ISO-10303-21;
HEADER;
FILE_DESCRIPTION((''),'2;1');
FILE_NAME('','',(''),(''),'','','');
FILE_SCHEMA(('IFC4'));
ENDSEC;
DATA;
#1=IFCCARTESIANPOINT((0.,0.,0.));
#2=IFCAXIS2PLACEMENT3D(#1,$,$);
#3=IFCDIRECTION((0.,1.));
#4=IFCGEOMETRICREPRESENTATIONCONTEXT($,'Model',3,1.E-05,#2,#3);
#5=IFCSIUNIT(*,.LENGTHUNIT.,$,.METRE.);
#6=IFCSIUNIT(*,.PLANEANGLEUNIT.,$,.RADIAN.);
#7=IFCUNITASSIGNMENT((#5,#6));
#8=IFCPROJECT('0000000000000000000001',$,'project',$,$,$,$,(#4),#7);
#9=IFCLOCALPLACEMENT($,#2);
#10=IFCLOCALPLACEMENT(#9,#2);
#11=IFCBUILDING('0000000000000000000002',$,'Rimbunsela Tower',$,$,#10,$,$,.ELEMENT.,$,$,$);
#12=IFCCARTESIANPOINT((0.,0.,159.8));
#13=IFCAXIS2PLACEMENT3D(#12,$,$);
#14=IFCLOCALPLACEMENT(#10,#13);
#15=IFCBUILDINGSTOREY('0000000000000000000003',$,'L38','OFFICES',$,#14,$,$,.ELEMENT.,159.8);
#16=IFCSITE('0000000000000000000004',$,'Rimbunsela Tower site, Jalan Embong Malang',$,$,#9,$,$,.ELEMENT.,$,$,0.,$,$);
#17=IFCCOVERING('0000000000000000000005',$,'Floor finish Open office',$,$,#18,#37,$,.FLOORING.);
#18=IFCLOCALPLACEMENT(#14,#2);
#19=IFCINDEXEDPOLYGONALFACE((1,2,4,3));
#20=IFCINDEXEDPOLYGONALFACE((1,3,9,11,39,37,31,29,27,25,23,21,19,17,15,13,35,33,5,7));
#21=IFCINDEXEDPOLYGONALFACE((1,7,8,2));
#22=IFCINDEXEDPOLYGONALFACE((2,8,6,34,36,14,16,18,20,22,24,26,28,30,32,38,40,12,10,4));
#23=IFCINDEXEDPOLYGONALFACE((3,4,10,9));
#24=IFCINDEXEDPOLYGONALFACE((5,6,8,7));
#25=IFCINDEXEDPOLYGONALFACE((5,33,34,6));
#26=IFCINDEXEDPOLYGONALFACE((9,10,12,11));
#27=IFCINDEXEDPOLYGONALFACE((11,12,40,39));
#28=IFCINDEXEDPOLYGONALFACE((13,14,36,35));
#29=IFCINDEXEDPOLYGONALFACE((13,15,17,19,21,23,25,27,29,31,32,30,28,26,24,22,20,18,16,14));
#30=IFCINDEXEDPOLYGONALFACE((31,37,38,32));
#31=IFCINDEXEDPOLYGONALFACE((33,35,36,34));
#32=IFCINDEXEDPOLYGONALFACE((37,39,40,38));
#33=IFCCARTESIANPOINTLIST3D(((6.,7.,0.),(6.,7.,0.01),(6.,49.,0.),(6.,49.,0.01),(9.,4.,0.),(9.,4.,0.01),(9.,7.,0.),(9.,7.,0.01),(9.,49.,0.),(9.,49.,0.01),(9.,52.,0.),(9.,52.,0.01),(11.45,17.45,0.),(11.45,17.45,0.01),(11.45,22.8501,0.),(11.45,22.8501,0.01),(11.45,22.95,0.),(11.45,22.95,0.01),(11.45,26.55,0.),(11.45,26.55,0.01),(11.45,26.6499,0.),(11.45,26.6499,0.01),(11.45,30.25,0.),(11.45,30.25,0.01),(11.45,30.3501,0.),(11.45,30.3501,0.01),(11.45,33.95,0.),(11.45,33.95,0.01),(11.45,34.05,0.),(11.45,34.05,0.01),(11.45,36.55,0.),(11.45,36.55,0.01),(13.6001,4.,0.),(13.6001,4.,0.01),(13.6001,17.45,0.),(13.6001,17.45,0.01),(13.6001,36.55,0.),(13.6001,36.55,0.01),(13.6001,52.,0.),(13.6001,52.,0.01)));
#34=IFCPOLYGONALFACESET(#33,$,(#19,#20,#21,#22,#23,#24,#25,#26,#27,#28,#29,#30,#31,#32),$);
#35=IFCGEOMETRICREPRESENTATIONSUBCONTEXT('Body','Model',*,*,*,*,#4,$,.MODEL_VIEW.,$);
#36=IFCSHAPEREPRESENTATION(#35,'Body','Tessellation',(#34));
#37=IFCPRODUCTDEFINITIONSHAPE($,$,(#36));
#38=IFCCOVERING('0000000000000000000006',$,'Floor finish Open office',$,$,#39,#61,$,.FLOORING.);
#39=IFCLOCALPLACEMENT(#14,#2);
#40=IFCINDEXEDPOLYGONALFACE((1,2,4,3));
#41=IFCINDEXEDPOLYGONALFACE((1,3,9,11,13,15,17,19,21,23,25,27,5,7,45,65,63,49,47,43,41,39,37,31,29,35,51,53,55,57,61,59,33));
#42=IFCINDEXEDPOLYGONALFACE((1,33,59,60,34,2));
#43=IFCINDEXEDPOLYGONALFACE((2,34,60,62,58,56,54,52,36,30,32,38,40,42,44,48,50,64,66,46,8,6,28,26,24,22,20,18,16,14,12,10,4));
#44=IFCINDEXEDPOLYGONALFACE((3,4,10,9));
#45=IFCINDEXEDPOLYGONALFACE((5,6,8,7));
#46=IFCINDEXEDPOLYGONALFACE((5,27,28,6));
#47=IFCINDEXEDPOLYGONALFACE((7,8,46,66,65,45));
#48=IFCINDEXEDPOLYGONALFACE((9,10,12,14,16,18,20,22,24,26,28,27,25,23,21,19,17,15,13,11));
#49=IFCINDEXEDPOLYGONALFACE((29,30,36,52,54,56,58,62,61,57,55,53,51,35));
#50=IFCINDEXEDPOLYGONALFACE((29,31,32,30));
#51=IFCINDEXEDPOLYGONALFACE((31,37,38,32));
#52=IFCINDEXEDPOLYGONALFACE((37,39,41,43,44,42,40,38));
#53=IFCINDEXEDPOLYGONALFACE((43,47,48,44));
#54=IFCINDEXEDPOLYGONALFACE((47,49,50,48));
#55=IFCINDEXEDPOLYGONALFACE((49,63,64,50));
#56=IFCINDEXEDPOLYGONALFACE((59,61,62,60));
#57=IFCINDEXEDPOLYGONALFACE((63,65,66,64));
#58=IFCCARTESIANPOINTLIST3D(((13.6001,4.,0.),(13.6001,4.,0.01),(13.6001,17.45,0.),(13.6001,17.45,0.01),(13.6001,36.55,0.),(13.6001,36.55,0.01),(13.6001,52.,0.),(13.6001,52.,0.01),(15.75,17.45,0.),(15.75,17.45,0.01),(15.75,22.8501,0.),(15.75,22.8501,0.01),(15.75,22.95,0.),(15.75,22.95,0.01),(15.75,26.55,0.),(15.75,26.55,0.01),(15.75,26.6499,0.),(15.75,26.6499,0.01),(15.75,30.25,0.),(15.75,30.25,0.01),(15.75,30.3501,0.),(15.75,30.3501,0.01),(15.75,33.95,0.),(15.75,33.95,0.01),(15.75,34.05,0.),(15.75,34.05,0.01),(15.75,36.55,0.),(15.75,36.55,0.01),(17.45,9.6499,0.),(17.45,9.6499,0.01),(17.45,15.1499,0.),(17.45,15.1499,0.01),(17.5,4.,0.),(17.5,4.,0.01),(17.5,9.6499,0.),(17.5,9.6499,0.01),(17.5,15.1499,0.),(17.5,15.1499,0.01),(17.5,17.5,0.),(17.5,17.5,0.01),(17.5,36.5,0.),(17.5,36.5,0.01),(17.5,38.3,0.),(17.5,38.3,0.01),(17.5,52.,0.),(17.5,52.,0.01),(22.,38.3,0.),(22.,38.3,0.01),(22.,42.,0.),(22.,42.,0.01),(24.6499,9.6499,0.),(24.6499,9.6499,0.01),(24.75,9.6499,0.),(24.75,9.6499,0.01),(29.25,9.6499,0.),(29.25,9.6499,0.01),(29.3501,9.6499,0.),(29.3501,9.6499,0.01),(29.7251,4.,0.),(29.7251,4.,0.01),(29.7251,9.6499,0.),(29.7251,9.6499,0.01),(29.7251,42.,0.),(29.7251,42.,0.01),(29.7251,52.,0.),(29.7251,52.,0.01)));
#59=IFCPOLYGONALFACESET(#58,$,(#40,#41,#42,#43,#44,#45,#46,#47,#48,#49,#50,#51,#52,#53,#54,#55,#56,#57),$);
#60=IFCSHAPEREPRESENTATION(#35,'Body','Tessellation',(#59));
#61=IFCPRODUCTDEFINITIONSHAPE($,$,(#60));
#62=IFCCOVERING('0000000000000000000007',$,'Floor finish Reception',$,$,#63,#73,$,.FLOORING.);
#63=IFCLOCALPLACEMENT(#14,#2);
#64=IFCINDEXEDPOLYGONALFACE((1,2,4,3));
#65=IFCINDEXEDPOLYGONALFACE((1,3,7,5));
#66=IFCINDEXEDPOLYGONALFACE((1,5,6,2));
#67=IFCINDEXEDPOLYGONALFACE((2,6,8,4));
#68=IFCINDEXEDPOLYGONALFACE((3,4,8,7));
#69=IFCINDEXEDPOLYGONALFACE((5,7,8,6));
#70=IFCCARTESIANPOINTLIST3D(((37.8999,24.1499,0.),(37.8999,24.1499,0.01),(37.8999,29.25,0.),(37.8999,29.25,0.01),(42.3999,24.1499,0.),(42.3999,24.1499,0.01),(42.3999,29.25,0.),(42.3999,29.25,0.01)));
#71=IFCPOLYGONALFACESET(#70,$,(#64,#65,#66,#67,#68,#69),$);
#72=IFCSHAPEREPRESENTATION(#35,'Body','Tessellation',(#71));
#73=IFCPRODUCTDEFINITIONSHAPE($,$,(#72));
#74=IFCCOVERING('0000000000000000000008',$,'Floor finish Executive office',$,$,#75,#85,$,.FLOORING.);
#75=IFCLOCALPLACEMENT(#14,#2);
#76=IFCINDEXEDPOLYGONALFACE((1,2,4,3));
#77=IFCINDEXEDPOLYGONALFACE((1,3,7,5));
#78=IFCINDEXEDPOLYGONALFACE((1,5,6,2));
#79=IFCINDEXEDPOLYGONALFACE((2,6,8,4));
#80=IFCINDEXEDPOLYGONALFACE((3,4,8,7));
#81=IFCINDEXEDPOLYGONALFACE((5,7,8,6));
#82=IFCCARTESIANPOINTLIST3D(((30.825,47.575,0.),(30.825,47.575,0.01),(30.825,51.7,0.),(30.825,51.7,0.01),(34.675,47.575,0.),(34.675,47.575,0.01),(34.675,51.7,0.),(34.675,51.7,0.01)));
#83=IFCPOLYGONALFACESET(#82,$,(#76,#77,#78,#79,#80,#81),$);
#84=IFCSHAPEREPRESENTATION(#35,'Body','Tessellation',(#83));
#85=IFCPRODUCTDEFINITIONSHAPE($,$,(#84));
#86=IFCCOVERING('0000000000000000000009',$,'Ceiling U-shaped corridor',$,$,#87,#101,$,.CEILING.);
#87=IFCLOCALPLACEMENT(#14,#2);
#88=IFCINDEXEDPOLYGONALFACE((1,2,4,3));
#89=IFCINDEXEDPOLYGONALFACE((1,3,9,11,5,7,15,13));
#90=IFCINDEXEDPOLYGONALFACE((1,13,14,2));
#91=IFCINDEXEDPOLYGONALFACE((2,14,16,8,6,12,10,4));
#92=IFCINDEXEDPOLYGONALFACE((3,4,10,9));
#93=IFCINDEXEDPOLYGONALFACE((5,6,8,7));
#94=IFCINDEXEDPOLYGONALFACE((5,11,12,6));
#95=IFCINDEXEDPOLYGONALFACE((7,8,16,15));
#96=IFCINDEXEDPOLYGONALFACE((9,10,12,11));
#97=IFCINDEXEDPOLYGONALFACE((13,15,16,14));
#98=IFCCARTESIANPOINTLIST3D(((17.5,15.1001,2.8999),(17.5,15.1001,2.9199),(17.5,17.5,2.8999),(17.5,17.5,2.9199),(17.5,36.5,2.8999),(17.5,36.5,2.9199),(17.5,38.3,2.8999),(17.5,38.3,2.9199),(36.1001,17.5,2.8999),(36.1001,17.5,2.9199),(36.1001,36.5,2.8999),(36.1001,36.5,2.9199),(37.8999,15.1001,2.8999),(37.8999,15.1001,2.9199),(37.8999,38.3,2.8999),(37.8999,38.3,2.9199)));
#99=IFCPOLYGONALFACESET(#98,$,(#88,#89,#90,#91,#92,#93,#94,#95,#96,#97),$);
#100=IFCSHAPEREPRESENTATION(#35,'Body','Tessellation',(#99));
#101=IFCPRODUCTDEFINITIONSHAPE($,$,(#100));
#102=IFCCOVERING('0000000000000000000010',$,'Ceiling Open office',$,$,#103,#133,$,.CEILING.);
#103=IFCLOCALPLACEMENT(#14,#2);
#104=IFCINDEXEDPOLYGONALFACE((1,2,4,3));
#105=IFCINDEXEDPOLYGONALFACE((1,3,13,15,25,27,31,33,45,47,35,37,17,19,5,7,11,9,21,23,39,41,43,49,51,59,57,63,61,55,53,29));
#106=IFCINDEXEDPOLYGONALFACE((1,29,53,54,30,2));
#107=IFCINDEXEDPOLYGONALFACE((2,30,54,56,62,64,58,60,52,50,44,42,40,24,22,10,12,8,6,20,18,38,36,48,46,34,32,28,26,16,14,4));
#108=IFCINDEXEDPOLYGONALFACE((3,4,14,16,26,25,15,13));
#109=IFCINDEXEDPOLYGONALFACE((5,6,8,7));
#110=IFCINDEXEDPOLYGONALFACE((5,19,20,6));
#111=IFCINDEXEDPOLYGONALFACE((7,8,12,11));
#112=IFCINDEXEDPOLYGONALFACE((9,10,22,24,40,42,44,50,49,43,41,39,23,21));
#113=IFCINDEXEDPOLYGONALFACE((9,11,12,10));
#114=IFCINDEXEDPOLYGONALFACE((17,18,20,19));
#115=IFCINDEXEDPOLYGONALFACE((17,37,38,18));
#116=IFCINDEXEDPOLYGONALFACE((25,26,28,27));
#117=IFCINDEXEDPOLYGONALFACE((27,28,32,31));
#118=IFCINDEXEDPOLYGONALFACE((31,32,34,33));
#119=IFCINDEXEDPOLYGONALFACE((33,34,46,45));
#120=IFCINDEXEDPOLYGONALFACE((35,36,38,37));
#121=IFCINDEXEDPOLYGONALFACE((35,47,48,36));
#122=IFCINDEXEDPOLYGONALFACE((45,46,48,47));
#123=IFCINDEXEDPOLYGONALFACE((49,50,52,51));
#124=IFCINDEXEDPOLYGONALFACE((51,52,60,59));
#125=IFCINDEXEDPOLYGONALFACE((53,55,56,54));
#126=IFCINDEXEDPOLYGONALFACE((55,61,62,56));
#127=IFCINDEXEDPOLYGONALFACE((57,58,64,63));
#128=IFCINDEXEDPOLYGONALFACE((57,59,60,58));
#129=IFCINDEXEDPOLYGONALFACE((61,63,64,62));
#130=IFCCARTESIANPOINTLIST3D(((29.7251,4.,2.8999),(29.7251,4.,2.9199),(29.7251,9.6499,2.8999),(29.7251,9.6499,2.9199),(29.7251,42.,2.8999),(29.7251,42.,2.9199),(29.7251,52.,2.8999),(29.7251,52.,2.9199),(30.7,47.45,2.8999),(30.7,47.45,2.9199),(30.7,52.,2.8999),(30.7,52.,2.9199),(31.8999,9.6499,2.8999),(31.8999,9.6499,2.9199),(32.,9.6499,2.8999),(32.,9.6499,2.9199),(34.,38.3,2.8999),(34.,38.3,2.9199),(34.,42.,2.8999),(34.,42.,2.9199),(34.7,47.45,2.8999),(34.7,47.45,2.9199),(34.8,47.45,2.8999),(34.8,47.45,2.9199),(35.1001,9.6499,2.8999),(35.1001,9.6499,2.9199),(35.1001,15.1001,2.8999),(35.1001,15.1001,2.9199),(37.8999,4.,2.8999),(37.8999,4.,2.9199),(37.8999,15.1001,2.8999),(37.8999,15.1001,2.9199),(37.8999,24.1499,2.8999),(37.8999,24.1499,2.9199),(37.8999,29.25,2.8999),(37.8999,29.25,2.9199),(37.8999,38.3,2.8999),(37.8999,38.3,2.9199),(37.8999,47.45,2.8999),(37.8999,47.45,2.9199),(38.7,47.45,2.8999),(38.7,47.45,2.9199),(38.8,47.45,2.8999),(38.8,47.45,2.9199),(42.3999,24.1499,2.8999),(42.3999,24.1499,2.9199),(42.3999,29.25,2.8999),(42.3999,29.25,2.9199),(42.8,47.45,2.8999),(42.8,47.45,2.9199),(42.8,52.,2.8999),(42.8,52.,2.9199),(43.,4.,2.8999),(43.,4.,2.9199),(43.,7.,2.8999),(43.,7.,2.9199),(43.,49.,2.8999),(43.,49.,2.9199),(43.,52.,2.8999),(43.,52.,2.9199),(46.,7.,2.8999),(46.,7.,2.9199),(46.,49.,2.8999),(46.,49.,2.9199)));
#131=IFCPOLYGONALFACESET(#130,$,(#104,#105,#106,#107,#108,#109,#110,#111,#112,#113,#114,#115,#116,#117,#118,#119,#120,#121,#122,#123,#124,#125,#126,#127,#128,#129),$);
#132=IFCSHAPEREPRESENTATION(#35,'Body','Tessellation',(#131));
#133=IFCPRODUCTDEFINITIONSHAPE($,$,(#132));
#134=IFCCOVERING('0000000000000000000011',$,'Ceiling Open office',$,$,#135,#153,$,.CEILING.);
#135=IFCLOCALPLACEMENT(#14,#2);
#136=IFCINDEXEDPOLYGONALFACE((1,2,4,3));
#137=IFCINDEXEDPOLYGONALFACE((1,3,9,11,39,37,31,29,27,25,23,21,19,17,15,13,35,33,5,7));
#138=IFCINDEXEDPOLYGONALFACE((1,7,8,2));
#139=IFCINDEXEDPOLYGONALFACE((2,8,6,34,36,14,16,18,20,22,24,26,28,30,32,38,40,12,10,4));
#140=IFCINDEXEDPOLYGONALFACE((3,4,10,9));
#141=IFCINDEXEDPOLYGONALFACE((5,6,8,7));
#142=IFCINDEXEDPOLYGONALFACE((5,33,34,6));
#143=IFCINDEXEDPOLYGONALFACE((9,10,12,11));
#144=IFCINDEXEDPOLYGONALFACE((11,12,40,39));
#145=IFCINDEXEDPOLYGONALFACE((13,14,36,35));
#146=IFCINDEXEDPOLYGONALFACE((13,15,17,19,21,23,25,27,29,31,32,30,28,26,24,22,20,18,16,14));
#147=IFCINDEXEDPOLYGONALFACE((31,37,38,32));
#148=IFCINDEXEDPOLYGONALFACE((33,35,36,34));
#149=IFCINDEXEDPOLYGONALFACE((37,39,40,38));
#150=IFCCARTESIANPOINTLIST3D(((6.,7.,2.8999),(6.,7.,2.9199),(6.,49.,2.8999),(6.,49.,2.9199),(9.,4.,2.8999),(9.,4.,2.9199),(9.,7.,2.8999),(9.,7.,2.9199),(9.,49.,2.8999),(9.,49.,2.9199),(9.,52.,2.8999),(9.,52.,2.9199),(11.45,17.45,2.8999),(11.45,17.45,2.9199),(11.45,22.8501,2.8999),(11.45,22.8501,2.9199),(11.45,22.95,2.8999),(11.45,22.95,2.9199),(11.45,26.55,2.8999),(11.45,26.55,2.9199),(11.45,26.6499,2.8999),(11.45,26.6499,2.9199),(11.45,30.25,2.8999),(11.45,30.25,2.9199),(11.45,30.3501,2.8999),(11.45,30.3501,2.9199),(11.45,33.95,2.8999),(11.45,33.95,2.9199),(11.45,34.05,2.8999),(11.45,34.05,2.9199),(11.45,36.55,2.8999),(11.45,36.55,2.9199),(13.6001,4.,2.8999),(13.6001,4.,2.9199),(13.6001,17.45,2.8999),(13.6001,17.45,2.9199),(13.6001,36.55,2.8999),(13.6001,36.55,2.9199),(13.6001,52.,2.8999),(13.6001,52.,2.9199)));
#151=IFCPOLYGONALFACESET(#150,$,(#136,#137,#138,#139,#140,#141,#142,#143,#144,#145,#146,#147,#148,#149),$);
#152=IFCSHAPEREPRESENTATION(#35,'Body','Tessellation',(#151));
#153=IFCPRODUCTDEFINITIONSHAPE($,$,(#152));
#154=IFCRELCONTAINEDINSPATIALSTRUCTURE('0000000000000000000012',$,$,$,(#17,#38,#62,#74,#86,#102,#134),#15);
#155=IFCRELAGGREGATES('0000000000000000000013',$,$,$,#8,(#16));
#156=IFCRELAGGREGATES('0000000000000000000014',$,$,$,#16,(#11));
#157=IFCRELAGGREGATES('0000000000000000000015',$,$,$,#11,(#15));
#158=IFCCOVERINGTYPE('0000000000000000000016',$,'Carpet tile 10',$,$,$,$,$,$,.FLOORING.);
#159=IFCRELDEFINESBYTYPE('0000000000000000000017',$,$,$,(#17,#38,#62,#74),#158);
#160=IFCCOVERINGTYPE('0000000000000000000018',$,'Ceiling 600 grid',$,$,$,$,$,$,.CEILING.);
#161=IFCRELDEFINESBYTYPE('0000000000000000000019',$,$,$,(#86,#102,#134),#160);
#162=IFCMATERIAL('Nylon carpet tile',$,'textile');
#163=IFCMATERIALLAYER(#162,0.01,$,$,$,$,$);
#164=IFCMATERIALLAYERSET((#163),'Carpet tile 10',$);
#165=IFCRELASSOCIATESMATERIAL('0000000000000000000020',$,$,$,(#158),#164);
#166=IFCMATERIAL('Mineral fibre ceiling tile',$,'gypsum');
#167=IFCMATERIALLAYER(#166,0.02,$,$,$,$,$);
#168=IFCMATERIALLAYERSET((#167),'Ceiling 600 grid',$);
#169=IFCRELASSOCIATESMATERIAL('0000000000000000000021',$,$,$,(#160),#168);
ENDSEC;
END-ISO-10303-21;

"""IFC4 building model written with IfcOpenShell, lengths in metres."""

from ifc_helpers import new_model, si_unit, direction, frame, origin, place, context, subcontext, project, spatial, polyline, outline, extrude, material, layer, layer_set, type_object, element, save


model = new_model("IFC4")

# Units and contexts
model_context = context("Model", 3, precision=1e-05, world=origin(), true_north=direction((0.0, 1.0)))
body_context = subcontext(model_context, "Body", "Model", "MODEL_VIEW")
ifc_project = project(units=[si_unit("LENGTHUNIT", "METRE"), si_unit("PLANEANGLEUNIT", "RADIAN")], contexts=[model_context])

# Site, building, storey
site_placement = place(None, origin())
site = spatial("IfcSite", under=ifc_project, at=site_placement, Name="Rimbunsela Tower site, Jalan Embong Malang", CompositionType="ELEMENT", RefElevation=0.0)
building_placement = place(site_placement, origin())
building = spatial("IfcBuilding", under=site, at=building_placement, Name="Rimbunsela Tower", CompositionType="ELEMENT")
storey_placement = place(building_placement, frame((0.0, 0.0, 159.8)))
storey = spatial("IfcBuildingStorey", under=building, at=storey_placement, Name="L38", Description="OFFICES", CompositionType="ELEMENT", Elevation=159.8)

# Coverings
ifc_material_1 = material(Name="Nylon carpet tile", Category="textile")
ifc_layer_1 = layer(ifc_material_1, 0.01)
ifc_layer_set_1 = layer_set([ifc_layer_1], Name="Carpet tile 10")
covering_type_1 = type_object("IfcCoveringType", Name="Carpet tile 10", PredefinedType="FLOORING", material=ifc_layer_set_1)
covering_1_placement = place(storey_placement, origin())
element("IfcCovering", 1, at=covering_1_placement, inside=storey, type_object=covering_type_1, Name="Floor finish Open office", PredefinedType="FLOORING", context=body_context, shape_type="SweptSolid", body=[
    extrude(outline(polyline([(13.6001, 4.0), (9.0, 4.0), (9.0, 7.0), (6.0, 7.0), (6.0, 49.0), (9.0, 49.0), (9.0, 52.0), (13.6001, 52.0), (13.6001, 36.55), (11.45, 36.55), (11.45, 34.05), (11.45, 33.95), (11.45, 30.3501), (11.45, 30.25), (11.45, 26.6499), (11.45, 26.55), (11.45, 22.95), (11.45, 22.8501), (11.45, 17.45), (13.6001, 17.45), (13.6001, 4.0)])), origin(), (0.0, 0.0, 1.0), 0.01),
])
covering_2_placement = place(storey_placement, origin())
element("IfcCovering", 2, at=covering_2_placement, inside=storey, type_object=covering_type_1, Name="Floor finish Open office", PredefinedType="FLOORING", context=body_context, shape_type="SweptSolid", body=[
    extrude(outline(polyline([(17.5, 4.0), (13.6001, 4.0), (13.6001, 17.45), (15.75, 17.45), (15.75, 22.8501), (15.75, 22.95), (15.75, 26.55), (15.75, 26.6499), (15.75, 30.25), (15.75, 30.3501), (15.75, 33.95), (15.75, 34.05), (15.75, 36.55), (13.6001, 36.55), (13.6001, 52.0), (17.5, 52.0), (29.7251, 52.0), (29.7251, 42.0), (22.0, 42.0), (22.0, 38.3), (17.5, 38.3), (17.5, 36.5), (17.5, 17.5), (17.5, 15.1499), (17.45, 15.1499), (17.45, 9.6499), (17.5, 9.6499), (24.6499, 9.6499), (24.75, 9.6499), (29.25, 9.6499), (29.3501, 9.6499), (29.7251, 9.6499), (29.7251, 4.0), (17.5, 4.0)])), origin(), (0.0, 0.0, 1.0), 0.01),
])
covering_3_placement = place(storey_placement, origin())
element("IfcCovering", 3, at=covering_3_placement, inside=storey, type_object=covering_type_1, Name="Floor finish Reception", PredefinedType="FLOORING", context=body_context, shape_type="SweptSolid", body=[
    extrude(outline(polyline([(42.3999, 24.1499), (42.3999, 29.25), (37.8999, 29.25), (37.8999, 24.1499), (42.3999, 24.1499)])), origin(), (0.0, 0.0, 1.0), 0.01),
])
covering_4_placement = place(storey_placement, origin())
element("IfcCovering", 4, at=covering_4_placement, inside=storey, type_object=covering_type_1, Name="Floor finish Executive office", PredefinedType="FLOORING", context=body_context, shape_type="SweptSolid", body=[
    extrude(outline(polyline([(34.675, 47.575), (34.675, 51.7), (30.825, 51.7), (30.825, 47.575), (34.675, 47.575)])), origin(), (0.0, 0.0, 1.0), 0.01),
])
ifc_material_2 = material(Name="Mineral fibre ceiling tile", Category="gypsum")
ifc_layer_2 = layer(ifc_material_2, 0.02)
ifc_layer_set_2 = layer_set([ifc_layer_2], Name="Ceiling 600 grid")
covering_type_2 = type_object("IfcCoveringType", Name="Ceiling 600 grid", PredefinedType="CEILING", material=ifc_layer_set_2)
covering_5_placement = place(storey_placement, frame((0.0, 0.0, 2.8999)))
element("IfcCovering", 5, at=covering_5_placement, inside=storey, type_object=covering_type_2, Name="Ceiling U-shaped corridor", PredefinedType="CEILING", context=body_context, shape_type="SweptSolid", body=[
    extrude(outline(polyline([(37.8999, 38.3), (37.8999, 15.1001), (17.5, 15.1001), (17.5, 17.5), (36.1001, 17.5), (36.1001, 36.5), (17.5, 36.5), (17.5, 38.3), (37.8999, 38.3)])), origin(), (0.0, 0.0, 1.0), 0.02),
])
covering_6_placement = place(storey_placement, frame((0.0, 0.0, 2.8999)))
element("IfcCovering", 6, at=covering_6_placement, inside=storey, type_object=covering_type_2, Name="Ceiling Open office", PredefinedType="CEILING", context=body_context, shape_type="SweptSolid", body=[
    extrude(outline(polyline([(29.7251, 52.0), (30.7, 52.0), (30.7, 47.45), (34.7, 47.45), (34.8, 47.45), (37.8999, 47.45), (38.7, 47.45), (38.8, 47.45), (42.8, 47.45), (42.8, 52.0), (43.0, 52.0), (43.0, 49.0), (46.0, 49.0), (46.0, 7.0), (43.0, 7.0), (43.0, 4.0), (37.8999, 4.0), (29.7251, 4.0), (29.7251, 9.6499), (31.8999, 9.6499), (32.0, 9.6499), (35.1001, 9.6499), (35.1001, 15.1001), (37.8999, 15.1001), (37.8999, 24.1499), (42.3999, 24.1499), (42.3999, 29.25), (37.8999, 29.25), (37.8999, 38.3), (34.0, 38.3), (34.0, 42.0), (29.7251, 42.0), (29.7251, 52.0)])), origin(), (0.0, 0.0, 1.0), 0.02),
])
covering_7_placement = place(storey_placement, frame((0.0, 0.0, 2.8999)))
element("IfcCovering", 7, at=covering_7_placement, inside=storey, type_object=covering_type_2, Name="Ceiling Open office", PredefinedType="CEILING", context=body_context, shape_type="SweptSolid", body=[
    extrude(outline(polyline([(13.6001, 4.0), (9.0, 4.0), (9.0, 7.0), (6.0, 7.0), (6.0, 49.0), (9.0, 49.0), (9.0, 52.0), (13.6001, 52.0), (13.6001, 36.55), (11.45, 36.55), (11.45, 34.05), (11.45, 33.95), (11.45, 30.3501), (11.45, 30.25), (11.45, 26.6499), (11.45, 26.55), (11.45, 22.95), (11.45, 22.8501), (11.45, 17.45), (13.6001, 17.45), (13.6001, 4.0)])), origin(), (0.0, 0.0, 1.0), 0.02),
])

save(model, "model.ifc")
